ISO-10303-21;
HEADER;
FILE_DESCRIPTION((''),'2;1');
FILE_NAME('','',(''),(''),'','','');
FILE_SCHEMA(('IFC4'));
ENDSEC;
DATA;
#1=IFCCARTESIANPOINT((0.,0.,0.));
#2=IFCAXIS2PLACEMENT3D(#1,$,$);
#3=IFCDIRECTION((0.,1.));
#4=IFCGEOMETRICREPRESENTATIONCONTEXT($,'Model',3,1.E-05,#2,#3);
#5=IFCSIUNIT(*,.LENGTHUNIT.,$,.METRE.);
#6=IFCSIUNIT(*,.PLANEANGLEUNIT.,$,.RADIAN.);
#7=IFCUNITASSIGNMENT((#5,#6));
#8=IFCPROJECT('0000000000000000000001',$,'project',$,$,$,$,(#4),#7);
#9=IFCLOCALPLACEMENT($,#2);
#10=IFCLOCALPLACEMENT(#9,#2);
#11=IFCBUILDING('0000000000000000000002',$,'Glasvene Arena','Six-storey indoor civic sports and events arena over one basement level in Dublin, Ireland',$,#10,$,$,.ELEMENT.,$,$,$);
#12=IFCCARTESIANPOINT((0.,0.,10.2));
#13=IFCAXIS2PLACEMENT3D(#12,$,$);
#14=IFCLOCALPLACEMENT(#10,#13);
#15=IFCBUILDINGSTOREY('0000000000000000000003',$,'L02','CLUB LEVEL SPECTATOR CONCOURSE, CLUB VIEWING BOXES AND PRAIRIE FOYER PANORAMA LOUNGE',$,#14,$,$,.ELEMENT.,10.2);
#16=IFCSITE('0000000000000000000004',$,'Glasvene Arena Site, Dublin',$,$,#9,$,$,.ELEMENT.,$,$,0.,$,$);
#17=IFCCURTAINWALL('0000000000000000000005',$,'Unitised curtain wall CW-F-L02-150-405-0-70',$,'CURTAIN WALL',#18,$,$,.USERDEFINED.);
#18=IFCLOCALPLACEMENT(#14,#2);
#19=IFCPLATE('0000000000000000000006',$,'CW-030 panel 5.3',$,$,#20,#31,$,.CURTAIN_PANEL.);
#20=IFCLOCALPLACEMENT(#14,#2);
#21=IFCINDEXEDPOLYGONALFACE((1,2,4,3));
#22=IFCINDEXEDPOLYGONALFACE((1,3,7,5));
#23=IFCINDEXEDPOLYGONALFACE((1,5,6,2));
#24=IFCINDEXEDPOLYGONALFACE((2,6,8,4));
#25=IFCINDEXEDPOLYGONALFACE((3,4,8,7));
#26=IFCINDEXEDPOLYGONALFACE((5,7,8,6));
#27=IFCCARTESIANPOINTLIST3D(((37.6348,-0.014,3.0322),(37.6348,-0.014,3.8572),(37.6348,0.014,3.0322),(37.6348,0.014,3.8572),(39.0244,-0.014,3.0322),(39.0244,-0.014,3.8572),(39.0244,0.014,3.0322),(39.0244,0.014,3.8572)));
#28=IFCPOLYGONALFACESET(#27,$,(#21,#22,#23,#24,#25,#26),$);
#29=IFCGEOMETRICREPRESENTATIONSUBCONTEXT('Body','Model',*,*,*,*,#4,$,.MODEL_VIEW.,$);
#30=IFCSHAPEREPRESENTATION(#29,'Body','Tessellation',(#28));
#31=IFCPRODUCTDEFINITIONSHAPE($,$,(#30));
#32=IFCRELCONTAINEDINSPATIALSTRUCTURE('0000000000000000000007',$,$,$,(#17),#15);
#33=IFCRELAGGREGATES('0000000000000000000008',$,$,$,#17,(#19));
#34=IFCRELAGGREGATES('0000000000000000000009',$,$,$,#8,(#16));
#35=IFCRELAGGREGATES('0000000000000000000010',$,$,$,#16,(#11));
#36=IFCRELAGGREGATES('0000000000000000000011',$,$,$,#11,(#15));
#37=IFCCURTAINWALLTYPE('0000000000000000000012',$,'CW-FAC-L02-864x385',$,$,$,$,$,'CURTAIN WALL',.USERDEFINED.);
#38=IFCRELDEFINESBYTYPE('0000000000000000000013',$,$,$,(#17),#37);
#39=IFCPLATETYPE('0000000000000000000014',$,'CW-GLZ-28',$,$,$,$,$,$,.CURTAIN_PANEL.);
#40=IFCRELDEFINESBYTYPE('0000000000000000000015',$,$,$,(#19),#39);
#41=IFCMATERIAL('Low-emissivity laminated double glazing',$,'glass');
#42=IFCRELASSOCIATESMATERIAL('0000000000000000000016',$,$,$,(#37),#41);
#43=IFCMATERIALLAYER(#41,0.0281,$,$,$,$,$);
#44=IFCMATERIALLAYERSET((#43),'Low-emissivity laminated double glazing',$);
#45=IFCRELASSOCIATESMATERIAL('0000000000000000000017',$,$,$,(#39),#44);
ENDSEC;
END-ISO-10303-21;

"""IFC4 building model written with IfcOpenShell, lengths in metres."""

from ifc_helpers import new_model, si_unit, direction, frame, origin, origin_2d, place, context, subcontext, project, spatial, rectangle, extrude, material, layer, layer_set, type_object, element, aggregate, save


model = new_model("IFC4")

# Units and contexts
model_context = context("Model", 3, precision=1e-05, world=origin(), true_north=direction((0.0, 1.0)))
body_context = subcontext(model_context, "Body", "Model", "MODEL_VIEW")
ifc_project = project(units=[si_unit("LENGTHUNIT", "METRE"), si_unit("PLANEANGLEUNIT", "RADIAN")], contexts=[model_context])

# Site, building, storey
site_placement = place(None, origin())
site = spatial("IfcSite", under=ifc_project, at=site_placement, Name="Glasvene Arena Site, Dublin", CompositionType="ELEMENT", RefElevation=0.0)
building_placement = place(site_placement, origin())
building = spatial("IfcBuilding", under=site, at=building_placement, Name="Glasvene Arena", Description="Six-storey indoor civic sports and events arena over one basement level in Dublin, Ireland", CompositionType="ELEMENT")
storey_placement = place(building_placement, frame((0.0, 0.0, 10.2)))
storey = spatial("IfcBuildingStorey", under=building, at=storey_placement, Name="L02", Description="CLUB LEVEL SPECTATOR CONCOURSE, CLUB VIEWING BOXES AND PRAIRIE FOYER PANORAMA LOUNGE", CompositionType="ELEMENT", Elevation=10.2)

# Curtain wall, plate
ifc_material_1 = material(Name="Low-emissivity laminated double glazing", Category="glass")
curtain_wall_type = type_object("IfcCurtainWallType", Name="CW-FAC-L02-864x385", ElementType="CURTAIN WALL", PredefinedType="USERDEFINED", material=ifc_material_1)
curtain_wall_placement = place(storey_placement, frame((44.8081, 0.0, 0.0)))
curtain_wall = element("IfcCurtainWall", 1, at=curtain_wall_placement, inside=storey, type_object=curtain_wall_type, Name="Unitised curtain wall CW-F-L02-150-405-0-70", ObjectType="CURTAIN WALL", PredefinedType="USERDEFINED")
ifc_layer = layer(ifc_material_1, 0.0281)
ifc_layer_set = layer_set([ifc_layer], Name="Low-emissivity laminated double glazing")
plate_type = type_object("IfcPlateType", Name="CW-GLZ-28", PredefinedType="CURTAIN_PANEL", material=ifc_layer_set)
plate_1_placement = place(storey_placement, frame((38.3296, 0.0, 3.0322), z_axis=(0.0, 0.0, 1.0), x_axis=(-1.0, 0.0, 0.0)))
plate_1 = element("IfcPlate", 2, at=plate_1_placement, type_object=plate_type, Name="CW-030 panel 5.3", PredefinedType="CURTAIN_PANEL", context=body_context, shape_type="SweptSolid", body=[
    extrude(rectangle(XDim=1.3896, YDim=0.0281, at=origin_2d()), origin(), (0.0, 0.0, 1.0), 0.825),
])
aggregate(curtain_wall, [plate_1])

save(model, "model.ifc")
